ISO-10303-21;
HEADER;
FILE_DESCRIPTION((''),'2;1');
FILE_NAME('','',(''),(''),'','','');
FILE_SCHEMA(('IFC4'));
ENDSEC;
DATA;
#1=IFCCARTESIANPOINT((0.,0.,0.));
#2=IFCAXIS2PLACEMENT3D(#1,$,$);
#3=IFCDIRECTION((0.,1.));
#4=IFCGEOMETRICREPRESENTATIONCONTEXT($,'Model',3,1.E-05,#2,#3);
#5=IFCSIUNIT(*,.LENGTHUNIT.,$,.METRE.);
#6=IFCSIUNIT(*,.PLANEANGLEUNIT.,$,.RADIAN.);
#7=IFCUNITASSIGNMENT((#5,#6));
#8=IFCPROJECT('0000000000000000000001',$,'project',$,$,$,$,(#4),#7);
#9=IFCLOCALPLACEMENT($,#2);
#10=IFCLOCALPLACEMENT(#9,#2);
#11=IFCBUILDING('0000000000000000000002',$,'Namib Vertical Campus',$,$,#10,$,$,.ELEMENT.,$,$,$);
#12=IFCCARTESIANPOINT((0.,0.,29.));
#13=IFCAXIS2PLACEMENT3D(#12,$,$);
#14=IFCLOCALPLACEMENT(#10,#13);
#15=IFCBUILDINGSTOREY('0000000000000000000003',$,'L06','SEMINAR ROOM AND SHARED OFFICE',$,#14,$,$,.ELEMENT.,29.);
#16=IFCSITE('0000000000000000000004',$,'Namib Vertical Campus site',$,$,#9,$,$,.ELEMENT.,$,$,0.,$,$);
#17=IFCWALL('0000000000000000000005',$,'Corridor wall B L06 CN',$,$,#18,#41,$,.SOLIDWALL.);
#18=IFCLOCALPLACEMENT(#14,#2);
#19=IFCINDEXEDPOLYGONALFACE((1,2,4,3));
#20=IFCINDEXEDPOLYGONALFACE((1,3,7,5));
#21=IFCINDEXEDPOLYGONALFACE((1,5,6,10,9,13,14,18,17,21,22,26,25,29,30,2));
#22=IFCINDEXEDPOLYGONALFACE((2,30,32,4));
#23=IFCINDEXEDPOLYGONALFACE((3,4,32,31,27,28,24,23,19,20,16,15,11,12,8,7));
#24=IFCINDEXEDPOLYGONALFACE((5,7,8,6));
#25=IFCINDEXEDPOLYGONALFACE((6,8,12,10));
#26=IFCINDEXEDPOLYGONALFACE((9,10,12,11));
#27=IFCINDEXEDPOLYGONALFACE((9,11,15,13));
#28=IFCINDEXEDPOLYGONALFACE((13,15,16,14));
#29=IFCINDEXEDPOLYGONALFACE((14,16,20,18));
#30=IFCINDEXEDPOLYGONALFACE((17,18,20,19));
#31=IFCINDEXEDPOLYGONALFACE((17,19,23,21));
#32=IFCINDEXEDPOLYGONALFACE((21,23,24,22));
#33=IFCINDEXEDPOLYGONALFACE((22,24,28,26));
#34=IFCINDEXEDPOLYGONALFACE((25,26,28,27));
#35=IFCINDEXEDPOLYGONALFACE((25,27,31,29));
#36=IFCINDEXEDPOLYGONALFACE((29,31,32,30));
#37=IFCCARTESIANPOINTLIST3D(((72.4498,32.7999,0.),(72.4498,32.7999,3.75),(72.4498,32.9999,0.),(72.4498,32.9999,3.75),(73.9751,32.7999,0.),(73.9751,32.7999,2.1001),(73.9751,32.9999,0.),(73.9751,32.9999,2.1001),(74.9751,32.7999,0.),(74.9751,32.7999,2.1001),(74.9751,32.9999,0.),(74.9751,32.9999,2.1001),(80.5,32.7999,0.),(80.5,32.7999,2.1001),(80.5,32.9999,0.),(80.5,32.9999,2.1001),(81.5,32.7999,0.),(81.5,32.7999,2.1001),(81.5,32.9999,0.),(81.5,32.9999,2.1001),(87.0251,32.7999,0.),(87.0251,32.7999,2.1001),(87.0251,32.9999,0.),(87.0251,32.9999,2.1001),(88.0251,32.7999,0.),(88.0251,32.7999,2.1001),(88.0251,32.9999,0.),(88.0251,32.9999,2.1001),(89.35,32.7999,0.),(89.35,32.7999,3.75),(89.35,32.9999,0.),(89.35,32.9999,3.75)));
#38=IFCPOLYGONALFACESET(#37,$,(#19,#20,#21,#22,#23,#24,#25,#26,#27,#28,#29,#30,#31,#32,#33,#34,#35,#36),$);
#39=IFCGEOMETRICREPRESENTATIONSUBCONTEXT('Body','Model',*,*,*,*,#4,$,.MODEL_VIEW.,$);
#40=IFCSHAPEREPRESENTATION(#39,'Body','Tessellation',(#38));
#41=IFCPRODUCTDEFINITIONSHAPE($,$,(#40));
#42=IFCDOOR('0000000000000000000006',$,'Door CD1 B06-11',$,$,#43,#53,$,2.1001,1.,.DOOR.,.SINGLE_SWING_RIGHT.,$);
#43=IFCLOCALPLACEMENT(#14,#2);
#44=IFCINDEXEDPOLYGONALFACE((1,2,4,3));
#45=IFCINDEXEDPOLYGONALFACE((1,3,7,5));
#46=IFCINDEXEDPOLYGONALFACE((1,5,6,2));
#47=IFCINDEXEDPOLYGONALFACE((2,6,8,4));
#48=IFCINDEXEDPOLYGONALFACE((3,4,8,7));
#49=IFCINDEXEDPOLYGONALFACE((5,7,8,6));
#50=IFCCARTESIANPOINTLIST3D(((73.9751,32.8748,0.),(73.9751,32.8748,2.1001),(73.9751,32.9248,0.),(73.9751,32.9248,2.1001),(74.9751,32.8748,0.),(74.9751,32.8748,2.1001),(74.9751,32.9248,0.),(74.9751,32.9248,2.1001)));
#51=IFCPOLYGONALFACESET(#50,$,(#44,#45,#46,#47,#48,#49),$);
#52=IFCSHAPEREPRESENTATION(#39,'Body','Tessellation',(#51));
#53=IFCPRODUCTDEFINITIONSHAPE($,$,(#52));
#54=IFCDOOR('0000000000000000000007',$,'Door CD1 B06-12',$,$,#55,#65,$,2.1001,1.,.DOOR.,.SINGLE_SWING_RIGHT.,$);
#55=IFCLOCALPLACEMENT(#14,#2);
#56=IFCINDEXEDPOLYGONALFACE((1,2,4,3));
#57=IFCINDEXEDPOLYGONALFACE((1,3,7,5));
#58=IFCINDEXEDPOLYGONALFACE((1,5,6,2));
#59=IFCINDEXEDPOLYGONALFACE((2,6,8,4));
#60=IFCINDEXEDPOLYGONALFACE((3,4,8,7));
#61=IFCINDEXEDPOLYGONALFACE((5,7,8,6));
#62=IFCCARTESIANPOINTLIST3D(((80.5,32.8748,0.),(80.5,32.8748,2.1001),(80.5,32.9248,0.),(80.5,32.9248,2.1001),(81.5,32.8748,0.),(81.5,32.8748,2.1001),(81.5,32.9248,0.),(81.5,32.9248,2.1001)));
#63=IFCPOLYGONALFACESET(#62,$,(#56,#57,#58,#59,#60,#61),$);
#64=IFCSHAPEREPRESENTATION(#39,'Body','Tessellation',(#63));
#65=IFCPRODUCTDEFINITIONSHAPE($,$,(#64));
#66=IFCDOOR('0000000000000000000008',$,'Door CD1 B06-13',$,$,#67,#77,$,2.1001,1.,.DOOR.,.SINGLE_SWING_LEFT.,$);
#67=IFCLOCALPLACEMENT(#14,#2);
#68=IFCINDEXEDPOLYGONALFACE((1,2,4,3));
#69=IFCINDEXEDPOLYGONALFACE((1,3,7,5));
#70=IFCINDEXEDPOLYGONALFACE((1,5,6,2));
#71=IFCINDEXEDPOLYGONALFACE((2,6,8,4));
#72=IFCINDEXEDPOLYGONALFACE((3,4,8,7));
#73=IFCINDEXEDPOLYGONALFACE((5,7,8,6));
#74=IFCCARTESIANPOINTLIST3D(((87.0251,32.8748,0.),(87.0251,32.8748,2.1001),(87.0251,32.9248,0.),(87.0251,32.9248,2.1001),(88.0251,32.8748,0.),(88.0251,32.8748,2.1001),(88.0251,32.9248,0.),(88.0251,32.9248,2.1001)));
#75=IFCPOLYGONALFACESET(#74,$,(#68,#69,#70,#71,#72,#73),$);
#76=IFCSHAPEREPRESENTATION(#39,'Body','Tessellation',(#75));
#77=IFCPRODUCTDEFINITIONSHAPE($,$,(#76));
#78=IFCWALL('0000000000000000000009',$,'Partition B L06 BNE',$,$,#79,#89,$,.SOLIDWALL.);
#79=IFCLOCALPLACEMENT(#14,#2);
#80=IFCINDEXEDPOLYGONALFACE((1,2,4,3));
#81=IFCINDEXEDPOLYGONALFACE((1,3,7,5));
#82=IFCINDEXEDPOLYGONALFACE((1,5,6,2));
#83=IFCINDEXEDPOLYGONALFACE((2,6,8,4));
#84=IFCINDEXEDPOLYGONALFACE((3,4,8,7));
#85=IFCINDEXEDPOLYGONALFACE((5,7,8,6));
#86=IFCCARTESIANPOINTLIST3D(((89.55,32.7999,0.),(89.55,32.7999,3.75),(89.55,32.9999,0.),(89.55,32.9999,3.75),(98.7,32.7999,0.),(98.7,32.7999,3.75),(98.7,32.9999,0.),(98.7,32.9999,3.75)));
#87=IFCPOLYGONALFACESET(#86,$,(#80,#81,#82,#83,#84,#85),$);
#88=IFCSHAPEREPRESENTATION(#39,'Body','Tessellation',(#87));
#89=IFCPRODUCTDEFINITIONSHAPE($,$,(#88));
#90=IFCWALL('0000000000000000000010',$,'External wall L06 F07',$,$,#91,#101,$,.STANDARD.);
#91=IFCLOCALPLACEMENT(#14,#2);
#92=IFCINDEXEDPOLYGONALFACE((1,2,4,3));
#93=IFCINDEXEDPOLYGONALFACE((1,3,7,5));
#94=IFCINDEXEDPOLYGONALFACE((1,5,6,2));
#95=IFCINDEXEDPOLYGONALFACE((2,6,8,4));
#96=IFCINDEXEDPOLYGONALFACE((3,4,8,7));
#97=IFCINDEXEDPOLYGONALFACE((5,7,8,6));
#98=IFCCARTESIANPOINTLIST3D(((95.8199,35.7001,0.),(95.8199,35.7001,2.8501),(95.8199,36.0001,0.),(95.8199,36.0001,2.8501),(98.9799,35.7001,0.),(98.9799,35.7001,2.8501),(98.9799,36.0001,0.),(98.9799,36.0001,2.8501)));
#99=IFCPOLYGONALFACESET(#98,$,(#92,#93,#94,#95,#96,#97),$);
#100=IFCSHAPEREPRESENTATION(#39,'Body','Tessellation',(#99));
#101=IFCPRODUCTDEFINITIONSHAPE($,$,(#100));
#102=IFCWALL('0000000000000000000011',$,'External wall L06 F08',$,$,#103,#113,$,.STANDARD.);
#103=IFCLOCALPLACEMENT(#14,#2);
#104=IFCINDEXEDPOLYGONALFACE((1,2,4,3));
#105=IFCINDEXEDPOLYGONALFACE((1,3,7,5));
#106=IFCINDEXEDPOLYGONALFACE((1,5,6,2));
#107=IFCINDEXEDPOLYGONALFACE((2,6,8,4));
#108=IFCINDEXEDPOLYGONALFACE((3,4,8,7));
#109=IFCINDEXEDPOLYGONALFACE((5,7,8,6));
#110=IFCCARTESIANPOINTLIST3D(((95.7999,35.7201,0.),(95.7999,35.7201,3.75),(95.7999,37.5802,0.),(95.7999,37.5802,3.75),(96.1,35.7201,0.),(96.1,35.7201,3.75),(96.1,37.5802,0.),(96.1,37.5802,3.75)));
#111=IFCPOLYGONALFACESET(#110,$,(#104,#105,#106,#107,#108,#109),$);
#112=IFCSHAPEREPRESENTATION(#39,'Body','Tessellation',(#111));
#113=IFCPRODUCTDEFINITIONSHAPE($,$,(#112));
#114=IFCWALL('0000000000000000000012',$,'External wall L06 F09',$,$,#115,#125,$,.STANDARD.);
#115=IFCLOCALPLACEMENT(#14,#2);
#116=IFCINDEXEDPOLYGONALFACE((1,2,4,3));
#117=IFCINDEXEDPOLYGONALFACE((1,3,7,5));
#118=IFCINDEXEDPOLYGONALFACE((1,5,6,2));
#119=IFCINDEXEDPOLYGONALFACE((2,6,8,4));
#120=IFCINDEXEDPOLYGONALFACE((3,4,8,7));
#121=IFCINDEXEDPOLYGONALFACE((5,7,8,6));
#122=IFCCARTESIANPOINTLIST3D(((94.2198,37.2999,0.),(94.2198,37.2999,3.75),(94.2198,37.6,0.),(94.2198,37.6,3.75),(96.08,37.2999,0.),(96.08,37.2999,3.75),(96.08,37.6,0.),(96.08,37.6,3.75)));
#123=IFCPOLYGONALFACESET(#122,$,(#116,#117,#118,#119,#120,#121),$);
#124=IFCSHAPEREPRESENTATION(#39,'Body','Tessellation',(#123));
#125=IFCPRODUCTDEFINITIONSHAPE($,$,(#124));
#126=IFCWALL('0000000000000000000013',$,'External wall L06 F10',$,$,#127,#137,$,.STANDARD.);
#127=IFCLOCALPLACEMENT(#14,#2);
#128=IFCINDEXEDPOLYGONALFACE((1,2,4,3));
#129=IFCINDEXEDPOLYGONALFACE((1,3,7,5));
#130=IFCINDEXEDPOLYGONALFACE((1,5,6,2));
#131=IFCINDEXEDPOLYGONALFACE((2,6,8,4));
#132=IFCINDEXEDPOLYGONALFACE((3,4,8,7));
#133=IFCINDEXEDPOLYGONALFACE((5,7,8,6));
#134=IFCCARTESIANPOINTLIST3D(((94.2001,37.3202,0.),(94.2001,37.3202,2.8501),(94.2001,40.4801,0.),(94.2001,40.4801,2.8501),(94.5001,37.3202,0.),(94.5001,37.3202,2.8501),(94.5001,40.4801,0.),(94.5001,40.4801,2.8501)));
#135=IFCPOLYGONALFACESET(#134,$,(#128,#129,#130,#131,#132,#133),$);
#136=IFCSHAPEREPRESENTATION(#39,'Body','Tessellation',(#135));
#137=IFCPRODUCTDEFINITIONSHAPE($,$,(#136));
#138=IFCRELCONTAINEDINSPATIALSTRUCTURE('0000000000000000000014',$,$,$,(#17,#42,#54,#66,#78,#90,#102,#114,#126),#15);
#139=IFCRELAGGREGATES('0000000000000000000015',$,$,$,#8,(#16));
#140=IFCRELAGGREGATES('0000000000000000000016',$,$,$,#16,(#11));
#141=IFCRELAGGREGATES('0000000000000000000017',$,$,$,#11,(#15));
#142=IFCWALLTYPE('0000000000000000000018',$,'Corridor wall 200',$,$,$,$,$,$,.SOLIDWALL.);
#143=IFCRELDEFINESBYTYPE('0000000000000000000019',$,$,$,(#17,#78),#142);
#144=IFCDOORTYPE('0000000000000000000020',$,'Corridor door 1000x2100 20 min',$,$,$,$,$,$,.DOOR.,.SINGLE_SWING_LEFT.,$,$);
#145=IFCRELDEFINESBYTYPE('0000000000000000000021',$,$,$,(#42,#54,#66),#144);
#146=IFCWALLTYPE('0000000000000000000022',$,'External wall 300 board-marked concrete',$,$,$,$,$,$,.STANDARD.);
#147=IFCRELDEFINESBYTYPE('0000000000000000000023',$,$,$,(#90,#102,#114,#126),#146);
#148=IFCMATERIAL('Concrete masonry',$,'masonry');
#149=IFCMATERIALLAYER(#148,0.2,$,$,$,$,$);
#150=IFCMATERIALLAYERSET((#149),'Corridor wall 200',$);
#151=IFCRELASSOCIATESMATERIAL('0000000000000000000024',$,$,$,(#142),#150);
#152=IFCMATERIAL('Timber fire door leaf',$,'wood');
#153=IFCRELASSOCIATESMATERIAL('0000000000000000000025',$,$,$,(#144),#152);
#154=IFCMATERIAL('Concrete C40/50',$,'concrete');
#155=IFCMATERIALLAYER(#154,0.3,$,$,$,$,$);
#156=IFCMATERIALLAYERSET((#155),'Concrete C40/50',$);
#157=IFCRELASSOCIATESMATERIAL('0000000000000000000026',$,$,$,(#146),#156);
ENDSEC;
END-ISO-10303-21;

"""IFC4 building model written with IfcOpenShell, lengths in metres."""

from ifc_helpers import new_model, si_unit, direction, frame, frame_2d, origin, place, context, subcontext, project, spatial, rectangle, extrude, material, layer, layer_set, type_object, element, fill, save


model = new_model("IFC4")

# Units and contexts
model_context = context("Model", 3, precision=1e-05, world=origin(), true_north=direction((0.0, 1.0)))
body_context = subcontext(model_context, "Body", "Model", "MODEL_VIEW")
ifc_project = project(units=[si_unit("LENGTHUNIT", "METRE"), si_unit("PLANEANGLEUNIT", "RADIAN")], contexts=[model_context])

# Site, building, storey
site_placement = place(None, origin())
site = spatial("IfcSite", under=ifc_project, at=site_placement, Name="Namib Vertical Campus site", CompositionType="ELEMENT", RefElevation=0.0)
building_placement = place(site_placement, origin())
building = spatial("IfcBuilding", under=site, at=building_placement, Name="Namib Vertical Campus", CompositionType="ELEMENT")
storey_placement = place(building_placement, frame((0.0, 0.0, 29.0)))
storey = spatial("IfcBuildingStorey", under=building, at=storey_placement, Name="L06", Description="SEMINAR ROOM AND SHARED OFFICE", CompositionType="ELEMENT", Elevation=29.0)

# Wall, openings, doors
ifc_material_1 = material(Name="Concrete masonry", Category="masonry")
ifc_layer_1 = layer(ifc_material_1, 0.2)
ifc_layer_set_1 = layer_set([ifc_layer_1], Name="Corridor wall 200")
wall_type_1 = type_object("IfcWallType", Name="Corridor wall 200", PredefinedType="SOLIDWALL", material=ifc_layer_set_1)
wall_1_placement = place(storey_placement, frame((89.3501, 32.8999, 0.0), z_axis=(0.0, 0.0, 1.0), x_axis=(-1.0, 0.0, 0.0)))
wall_1 = element("IfcWall", 1, at=wall_1_placement, inside=storey, type_object=wall_type_1, Name="Corridor wall B L06 CN", PredefinedType="SOLIDWALL", context=body_context, shape_type="SweptSolid", body=[
    extrude(rectangle(XDim=16.9001, YDim=0.2, at=frame_2d((8.4502, 0.0))), origin(), (0.0, 0.0, 1.0), 3.75),
])
opening_1_placement = place(wall_1_placement, frame((14.375, 0.0, 0.0)))
opening_1 = element("IfcOpeningElement", 2, at=opening_1_placement, cuts=wall_1, PredefinedType="OPENING", context=body_context, shape_type="SweptSolid", body=[
    extrude(rectangle(XDim=1.0, YDim=2.1001, at=frame_2d((0.5, 1.05))), frame((0.0, 0.1099, 0.0), z_axis=(0.0, -1.0, 0.0), x_axis=(1.0, 0.0, 0.0)), (0.0, 0.0, 1.0), 0.22),
])
opening_2_placement = place(wall_1_placement, frame((7.8501, 0.0, 0.0)))
opening_2 = element("IfcOpeningElement", 3, at=opening_2_placement, cuts=wall_1, PredefinedType="OPENING", context=body_context, shape_type="SweptSolid", body=[
    extrude(rectangle(XDim=1.0, YDim=2.1001, at=frame_2d((0.5, 1.05))), frame((0.0, 0.1099, 0.0), z_axis=(0.0, -1.0, 0.0), x_axis=(1.0, 0.0, 0.0)), (0.0, 0.0, 1.0), 0.22),
])
opening_3_placement = place(wall_1_placement, frame((1.325, 0.0, 0.0)))
opening_3 = element("IfcOpeningElement", 4, at=opening_3_placement, cuts=wall_1, PredefinedType="OPENING", context=body_context, shape_type="SweptSolid", body=[
    extrude(rectangle(XDim=1.0, YDim=2.1001, at=frame_2d((0.5, 1.05))), frame((0.0, 0.1099, 0.0), z_axis=(0.0, -1.0, 0.0), x_axis=(1.0, 0.0, 0.0)), (0.0, 0.0, 1.0), 0.22),
])
ifc_material_2 = material(Name="Timber fire door leaf", Category="wood")
door_type = type_object("IfcDoorType", Name="Corridor door 1000x2100 20 min", OperationType="SINGLE_SWING_LEFT", PredefinedType="DOOR", material=ifc_material_2)
door_1_placement = place(opening_1_placement, frame((1.0, 0.0, 0.0), z_axis=(0.0, 0.0, 1.0), x_axis=(-1.0, 0.0, 0.0)))
door_1 = element("IfcDoor", 5, at=door_1_placement, inside=storey, type_object=door_type, Name="Door CD1 B06-11", OperationType="SINGLE_SWING_RIGHT", OverallHeight=2.1001, OverallWidth=1.0, PredefinedType="DOOR", context=body_context, shape_type="SweptSolid", body=[
    extrude(rectangle(XDim=1.0, YDim=2.1001, at=frame_2d((0.5, 1.05))), frame((0.0, 0.0249, 0.0), z_axis=(0.0, -1.0, 0.0), x_axis=(1.0, 0.0, 0.0)), (0.0, 0.0, 1.0), 0.05),
])
fill(opening_1, door_1)
door_2_placement = place(opening_2_placement, frame((1.0, 0.0, 0.0), z_axis=(0.0, 0.0, 1.0), x_axis=(-1.0, 0.0, 0.0)))
door_2 = element("IfcDoor", 6, at=door_2_placement, inside=storey, type_object=door_type, Name="Door CD1 B06-12", OperationType="SINGLE_SWING_RIGHT", OverallHeight=2.1001, OverallWidth=1.0, PredefinedType="DOOR", context=body_context, shape_type="SweptSolid", body=[
    extrude(rectangle(XDim=1.0, YDim=2.1001, at=frame_2d((0.5, 1.05))), frame((0.0, 0.0249, 0.0), z_axis=(0.0, -1.0, 0.0), x_axis=(1.0, 0.0, 0.0)), (0.0, 0.0, 1.0), 0.05),
])
fill(opening_2, door_2)
door_3_placement = place(opening_3_placement, frame((1.0, 0.0, 0.0), z_axis=(0.0, 0.0, 1.0), x_axis=(-1.0, 0.0, 0.0)))
door_3 = element("IfcDoor", 7, at=door_3_placement, inside=storey, type_object=door_type, Name="Door CD1 B06-13", OperationType="SINGLE_SWING_LEFT", OverallHeight=2.1001, OverallWidth=1.0, PredefinedType="DOOR", context=body_context, shape_type="SweptSolid", body=[
    extrude(rectangle(XDim=1.0, YDim=2.1001, at=frame_2d((0.5, 1.05))), frame((0.0, 0.0249, 0.0), z_axis=(0.0, -1.0, 0.0), x_axis=(1.0, 0.0, 0.0)), (0.0, 0.0, 1.0), 0.05),
])
fill(opening_3, door_3)

# Walls
wall_2_placement = place(storey_placement, frame((89.55, 32.8999, 0.0), z_axis=(0.0, 0.0, 1.0), x_axis=(1.0, 0.0, 0.0)))
element("IfcWall", 8, at=wall_2_placement, inside=storey, type_object=wall_type_1, Name="Partition B L06 BNE", PredefinedType="SOLIDWALL", context=body_context, shape_type="SweptSolid", body=[
    extrude(rectangle(XDim=9.1499, YDim=0.2, at=frame_2d((4.575, 0.0))), origin(), (0.0, 0.0, 1.0), 3.75),
])
ifc_material_3 = material(Name="Concrete C40/50", Category="concrete")
ifc_layer_2 = layer(ifc_material_3, 0.3)
ifc_layer_set_2 = layer_set([ifc_layer_2], Name="Concrete C40/50")
wall_type_2 = type_object("IfcWallType", Name="External wall 300 board-marked concrete", PredefinedType="STANDARD", material=ifc_layer_set_2)
wall_3_placement = place(storey_placement, frame((98.98, 35.8501, 0.0), z_axis=(0.0, 0.0, 1.0), x_axis=(-1.0, 0.0, 0.0)))
element("IfcWall", 9, at=wall_3_placement, inside=storey, type_object=wall_type_2, Name="External wall L06 F07", PredefinedType="STANDARD", context=body_context, shape_type="SweptSolid", body=[
    extrude(rectangle(XDim=3.1599, YDim=0.3, at=frame_2d((1.5801, 0.0))), origin(), (0.0, 0.0, 1.0), 2.8501),
])
for number, where, z_axis, x_axis, name in (
    (10, (95.95, 35.72, 0.0), (0.0, 0.0, 1.0), (0.0, 1.0, 0.0), "External wall L06 F08"),
    (11, (96.0801, 37.45, 0.0), (0.0, 0.0, 1.0), (-1.0, 0.0, 0.0), "External wall L06 F09"),
):
    element("IfcWall", number, at=place(storey_placement, frame(where, z_axis=z_axis, x_axis=x_axis)), inside=storey, type_object=wall_type_2, Name=name, PredefinedType="STANDARD", context=body_context, shape_type="SweptSolid", body=[
        extrude(rectangle(XDim=1.8601, YDim=0.3, at=frame_2d((0.9302, 0.0))), origin(), (0.0, 0.0, 1.0), 3.75),
    ])
wall_4_placement = place(storey_placement, frame((94.3501, 37.3201, 0.0), z_axis=(0.0, 0.0, 1.0), x_axis=(0.0, 1.0, 0.0)))
element("IfcWall", 12, at=wall_4_placement, inside=storey, type_object=wall_type_2, Name="External wall L06 F10", PredefinedType="STANDARD", context=body_context, shape_type="SweptSolid", body=[
    extrude(rectangle(XDim=3.1599, YDim=0.3, at=frame_2d((1.5801, 0.0))), origin(), (0.0, 0.0, 1.0), 2.8501),
])

save(model, "model.ifc")
